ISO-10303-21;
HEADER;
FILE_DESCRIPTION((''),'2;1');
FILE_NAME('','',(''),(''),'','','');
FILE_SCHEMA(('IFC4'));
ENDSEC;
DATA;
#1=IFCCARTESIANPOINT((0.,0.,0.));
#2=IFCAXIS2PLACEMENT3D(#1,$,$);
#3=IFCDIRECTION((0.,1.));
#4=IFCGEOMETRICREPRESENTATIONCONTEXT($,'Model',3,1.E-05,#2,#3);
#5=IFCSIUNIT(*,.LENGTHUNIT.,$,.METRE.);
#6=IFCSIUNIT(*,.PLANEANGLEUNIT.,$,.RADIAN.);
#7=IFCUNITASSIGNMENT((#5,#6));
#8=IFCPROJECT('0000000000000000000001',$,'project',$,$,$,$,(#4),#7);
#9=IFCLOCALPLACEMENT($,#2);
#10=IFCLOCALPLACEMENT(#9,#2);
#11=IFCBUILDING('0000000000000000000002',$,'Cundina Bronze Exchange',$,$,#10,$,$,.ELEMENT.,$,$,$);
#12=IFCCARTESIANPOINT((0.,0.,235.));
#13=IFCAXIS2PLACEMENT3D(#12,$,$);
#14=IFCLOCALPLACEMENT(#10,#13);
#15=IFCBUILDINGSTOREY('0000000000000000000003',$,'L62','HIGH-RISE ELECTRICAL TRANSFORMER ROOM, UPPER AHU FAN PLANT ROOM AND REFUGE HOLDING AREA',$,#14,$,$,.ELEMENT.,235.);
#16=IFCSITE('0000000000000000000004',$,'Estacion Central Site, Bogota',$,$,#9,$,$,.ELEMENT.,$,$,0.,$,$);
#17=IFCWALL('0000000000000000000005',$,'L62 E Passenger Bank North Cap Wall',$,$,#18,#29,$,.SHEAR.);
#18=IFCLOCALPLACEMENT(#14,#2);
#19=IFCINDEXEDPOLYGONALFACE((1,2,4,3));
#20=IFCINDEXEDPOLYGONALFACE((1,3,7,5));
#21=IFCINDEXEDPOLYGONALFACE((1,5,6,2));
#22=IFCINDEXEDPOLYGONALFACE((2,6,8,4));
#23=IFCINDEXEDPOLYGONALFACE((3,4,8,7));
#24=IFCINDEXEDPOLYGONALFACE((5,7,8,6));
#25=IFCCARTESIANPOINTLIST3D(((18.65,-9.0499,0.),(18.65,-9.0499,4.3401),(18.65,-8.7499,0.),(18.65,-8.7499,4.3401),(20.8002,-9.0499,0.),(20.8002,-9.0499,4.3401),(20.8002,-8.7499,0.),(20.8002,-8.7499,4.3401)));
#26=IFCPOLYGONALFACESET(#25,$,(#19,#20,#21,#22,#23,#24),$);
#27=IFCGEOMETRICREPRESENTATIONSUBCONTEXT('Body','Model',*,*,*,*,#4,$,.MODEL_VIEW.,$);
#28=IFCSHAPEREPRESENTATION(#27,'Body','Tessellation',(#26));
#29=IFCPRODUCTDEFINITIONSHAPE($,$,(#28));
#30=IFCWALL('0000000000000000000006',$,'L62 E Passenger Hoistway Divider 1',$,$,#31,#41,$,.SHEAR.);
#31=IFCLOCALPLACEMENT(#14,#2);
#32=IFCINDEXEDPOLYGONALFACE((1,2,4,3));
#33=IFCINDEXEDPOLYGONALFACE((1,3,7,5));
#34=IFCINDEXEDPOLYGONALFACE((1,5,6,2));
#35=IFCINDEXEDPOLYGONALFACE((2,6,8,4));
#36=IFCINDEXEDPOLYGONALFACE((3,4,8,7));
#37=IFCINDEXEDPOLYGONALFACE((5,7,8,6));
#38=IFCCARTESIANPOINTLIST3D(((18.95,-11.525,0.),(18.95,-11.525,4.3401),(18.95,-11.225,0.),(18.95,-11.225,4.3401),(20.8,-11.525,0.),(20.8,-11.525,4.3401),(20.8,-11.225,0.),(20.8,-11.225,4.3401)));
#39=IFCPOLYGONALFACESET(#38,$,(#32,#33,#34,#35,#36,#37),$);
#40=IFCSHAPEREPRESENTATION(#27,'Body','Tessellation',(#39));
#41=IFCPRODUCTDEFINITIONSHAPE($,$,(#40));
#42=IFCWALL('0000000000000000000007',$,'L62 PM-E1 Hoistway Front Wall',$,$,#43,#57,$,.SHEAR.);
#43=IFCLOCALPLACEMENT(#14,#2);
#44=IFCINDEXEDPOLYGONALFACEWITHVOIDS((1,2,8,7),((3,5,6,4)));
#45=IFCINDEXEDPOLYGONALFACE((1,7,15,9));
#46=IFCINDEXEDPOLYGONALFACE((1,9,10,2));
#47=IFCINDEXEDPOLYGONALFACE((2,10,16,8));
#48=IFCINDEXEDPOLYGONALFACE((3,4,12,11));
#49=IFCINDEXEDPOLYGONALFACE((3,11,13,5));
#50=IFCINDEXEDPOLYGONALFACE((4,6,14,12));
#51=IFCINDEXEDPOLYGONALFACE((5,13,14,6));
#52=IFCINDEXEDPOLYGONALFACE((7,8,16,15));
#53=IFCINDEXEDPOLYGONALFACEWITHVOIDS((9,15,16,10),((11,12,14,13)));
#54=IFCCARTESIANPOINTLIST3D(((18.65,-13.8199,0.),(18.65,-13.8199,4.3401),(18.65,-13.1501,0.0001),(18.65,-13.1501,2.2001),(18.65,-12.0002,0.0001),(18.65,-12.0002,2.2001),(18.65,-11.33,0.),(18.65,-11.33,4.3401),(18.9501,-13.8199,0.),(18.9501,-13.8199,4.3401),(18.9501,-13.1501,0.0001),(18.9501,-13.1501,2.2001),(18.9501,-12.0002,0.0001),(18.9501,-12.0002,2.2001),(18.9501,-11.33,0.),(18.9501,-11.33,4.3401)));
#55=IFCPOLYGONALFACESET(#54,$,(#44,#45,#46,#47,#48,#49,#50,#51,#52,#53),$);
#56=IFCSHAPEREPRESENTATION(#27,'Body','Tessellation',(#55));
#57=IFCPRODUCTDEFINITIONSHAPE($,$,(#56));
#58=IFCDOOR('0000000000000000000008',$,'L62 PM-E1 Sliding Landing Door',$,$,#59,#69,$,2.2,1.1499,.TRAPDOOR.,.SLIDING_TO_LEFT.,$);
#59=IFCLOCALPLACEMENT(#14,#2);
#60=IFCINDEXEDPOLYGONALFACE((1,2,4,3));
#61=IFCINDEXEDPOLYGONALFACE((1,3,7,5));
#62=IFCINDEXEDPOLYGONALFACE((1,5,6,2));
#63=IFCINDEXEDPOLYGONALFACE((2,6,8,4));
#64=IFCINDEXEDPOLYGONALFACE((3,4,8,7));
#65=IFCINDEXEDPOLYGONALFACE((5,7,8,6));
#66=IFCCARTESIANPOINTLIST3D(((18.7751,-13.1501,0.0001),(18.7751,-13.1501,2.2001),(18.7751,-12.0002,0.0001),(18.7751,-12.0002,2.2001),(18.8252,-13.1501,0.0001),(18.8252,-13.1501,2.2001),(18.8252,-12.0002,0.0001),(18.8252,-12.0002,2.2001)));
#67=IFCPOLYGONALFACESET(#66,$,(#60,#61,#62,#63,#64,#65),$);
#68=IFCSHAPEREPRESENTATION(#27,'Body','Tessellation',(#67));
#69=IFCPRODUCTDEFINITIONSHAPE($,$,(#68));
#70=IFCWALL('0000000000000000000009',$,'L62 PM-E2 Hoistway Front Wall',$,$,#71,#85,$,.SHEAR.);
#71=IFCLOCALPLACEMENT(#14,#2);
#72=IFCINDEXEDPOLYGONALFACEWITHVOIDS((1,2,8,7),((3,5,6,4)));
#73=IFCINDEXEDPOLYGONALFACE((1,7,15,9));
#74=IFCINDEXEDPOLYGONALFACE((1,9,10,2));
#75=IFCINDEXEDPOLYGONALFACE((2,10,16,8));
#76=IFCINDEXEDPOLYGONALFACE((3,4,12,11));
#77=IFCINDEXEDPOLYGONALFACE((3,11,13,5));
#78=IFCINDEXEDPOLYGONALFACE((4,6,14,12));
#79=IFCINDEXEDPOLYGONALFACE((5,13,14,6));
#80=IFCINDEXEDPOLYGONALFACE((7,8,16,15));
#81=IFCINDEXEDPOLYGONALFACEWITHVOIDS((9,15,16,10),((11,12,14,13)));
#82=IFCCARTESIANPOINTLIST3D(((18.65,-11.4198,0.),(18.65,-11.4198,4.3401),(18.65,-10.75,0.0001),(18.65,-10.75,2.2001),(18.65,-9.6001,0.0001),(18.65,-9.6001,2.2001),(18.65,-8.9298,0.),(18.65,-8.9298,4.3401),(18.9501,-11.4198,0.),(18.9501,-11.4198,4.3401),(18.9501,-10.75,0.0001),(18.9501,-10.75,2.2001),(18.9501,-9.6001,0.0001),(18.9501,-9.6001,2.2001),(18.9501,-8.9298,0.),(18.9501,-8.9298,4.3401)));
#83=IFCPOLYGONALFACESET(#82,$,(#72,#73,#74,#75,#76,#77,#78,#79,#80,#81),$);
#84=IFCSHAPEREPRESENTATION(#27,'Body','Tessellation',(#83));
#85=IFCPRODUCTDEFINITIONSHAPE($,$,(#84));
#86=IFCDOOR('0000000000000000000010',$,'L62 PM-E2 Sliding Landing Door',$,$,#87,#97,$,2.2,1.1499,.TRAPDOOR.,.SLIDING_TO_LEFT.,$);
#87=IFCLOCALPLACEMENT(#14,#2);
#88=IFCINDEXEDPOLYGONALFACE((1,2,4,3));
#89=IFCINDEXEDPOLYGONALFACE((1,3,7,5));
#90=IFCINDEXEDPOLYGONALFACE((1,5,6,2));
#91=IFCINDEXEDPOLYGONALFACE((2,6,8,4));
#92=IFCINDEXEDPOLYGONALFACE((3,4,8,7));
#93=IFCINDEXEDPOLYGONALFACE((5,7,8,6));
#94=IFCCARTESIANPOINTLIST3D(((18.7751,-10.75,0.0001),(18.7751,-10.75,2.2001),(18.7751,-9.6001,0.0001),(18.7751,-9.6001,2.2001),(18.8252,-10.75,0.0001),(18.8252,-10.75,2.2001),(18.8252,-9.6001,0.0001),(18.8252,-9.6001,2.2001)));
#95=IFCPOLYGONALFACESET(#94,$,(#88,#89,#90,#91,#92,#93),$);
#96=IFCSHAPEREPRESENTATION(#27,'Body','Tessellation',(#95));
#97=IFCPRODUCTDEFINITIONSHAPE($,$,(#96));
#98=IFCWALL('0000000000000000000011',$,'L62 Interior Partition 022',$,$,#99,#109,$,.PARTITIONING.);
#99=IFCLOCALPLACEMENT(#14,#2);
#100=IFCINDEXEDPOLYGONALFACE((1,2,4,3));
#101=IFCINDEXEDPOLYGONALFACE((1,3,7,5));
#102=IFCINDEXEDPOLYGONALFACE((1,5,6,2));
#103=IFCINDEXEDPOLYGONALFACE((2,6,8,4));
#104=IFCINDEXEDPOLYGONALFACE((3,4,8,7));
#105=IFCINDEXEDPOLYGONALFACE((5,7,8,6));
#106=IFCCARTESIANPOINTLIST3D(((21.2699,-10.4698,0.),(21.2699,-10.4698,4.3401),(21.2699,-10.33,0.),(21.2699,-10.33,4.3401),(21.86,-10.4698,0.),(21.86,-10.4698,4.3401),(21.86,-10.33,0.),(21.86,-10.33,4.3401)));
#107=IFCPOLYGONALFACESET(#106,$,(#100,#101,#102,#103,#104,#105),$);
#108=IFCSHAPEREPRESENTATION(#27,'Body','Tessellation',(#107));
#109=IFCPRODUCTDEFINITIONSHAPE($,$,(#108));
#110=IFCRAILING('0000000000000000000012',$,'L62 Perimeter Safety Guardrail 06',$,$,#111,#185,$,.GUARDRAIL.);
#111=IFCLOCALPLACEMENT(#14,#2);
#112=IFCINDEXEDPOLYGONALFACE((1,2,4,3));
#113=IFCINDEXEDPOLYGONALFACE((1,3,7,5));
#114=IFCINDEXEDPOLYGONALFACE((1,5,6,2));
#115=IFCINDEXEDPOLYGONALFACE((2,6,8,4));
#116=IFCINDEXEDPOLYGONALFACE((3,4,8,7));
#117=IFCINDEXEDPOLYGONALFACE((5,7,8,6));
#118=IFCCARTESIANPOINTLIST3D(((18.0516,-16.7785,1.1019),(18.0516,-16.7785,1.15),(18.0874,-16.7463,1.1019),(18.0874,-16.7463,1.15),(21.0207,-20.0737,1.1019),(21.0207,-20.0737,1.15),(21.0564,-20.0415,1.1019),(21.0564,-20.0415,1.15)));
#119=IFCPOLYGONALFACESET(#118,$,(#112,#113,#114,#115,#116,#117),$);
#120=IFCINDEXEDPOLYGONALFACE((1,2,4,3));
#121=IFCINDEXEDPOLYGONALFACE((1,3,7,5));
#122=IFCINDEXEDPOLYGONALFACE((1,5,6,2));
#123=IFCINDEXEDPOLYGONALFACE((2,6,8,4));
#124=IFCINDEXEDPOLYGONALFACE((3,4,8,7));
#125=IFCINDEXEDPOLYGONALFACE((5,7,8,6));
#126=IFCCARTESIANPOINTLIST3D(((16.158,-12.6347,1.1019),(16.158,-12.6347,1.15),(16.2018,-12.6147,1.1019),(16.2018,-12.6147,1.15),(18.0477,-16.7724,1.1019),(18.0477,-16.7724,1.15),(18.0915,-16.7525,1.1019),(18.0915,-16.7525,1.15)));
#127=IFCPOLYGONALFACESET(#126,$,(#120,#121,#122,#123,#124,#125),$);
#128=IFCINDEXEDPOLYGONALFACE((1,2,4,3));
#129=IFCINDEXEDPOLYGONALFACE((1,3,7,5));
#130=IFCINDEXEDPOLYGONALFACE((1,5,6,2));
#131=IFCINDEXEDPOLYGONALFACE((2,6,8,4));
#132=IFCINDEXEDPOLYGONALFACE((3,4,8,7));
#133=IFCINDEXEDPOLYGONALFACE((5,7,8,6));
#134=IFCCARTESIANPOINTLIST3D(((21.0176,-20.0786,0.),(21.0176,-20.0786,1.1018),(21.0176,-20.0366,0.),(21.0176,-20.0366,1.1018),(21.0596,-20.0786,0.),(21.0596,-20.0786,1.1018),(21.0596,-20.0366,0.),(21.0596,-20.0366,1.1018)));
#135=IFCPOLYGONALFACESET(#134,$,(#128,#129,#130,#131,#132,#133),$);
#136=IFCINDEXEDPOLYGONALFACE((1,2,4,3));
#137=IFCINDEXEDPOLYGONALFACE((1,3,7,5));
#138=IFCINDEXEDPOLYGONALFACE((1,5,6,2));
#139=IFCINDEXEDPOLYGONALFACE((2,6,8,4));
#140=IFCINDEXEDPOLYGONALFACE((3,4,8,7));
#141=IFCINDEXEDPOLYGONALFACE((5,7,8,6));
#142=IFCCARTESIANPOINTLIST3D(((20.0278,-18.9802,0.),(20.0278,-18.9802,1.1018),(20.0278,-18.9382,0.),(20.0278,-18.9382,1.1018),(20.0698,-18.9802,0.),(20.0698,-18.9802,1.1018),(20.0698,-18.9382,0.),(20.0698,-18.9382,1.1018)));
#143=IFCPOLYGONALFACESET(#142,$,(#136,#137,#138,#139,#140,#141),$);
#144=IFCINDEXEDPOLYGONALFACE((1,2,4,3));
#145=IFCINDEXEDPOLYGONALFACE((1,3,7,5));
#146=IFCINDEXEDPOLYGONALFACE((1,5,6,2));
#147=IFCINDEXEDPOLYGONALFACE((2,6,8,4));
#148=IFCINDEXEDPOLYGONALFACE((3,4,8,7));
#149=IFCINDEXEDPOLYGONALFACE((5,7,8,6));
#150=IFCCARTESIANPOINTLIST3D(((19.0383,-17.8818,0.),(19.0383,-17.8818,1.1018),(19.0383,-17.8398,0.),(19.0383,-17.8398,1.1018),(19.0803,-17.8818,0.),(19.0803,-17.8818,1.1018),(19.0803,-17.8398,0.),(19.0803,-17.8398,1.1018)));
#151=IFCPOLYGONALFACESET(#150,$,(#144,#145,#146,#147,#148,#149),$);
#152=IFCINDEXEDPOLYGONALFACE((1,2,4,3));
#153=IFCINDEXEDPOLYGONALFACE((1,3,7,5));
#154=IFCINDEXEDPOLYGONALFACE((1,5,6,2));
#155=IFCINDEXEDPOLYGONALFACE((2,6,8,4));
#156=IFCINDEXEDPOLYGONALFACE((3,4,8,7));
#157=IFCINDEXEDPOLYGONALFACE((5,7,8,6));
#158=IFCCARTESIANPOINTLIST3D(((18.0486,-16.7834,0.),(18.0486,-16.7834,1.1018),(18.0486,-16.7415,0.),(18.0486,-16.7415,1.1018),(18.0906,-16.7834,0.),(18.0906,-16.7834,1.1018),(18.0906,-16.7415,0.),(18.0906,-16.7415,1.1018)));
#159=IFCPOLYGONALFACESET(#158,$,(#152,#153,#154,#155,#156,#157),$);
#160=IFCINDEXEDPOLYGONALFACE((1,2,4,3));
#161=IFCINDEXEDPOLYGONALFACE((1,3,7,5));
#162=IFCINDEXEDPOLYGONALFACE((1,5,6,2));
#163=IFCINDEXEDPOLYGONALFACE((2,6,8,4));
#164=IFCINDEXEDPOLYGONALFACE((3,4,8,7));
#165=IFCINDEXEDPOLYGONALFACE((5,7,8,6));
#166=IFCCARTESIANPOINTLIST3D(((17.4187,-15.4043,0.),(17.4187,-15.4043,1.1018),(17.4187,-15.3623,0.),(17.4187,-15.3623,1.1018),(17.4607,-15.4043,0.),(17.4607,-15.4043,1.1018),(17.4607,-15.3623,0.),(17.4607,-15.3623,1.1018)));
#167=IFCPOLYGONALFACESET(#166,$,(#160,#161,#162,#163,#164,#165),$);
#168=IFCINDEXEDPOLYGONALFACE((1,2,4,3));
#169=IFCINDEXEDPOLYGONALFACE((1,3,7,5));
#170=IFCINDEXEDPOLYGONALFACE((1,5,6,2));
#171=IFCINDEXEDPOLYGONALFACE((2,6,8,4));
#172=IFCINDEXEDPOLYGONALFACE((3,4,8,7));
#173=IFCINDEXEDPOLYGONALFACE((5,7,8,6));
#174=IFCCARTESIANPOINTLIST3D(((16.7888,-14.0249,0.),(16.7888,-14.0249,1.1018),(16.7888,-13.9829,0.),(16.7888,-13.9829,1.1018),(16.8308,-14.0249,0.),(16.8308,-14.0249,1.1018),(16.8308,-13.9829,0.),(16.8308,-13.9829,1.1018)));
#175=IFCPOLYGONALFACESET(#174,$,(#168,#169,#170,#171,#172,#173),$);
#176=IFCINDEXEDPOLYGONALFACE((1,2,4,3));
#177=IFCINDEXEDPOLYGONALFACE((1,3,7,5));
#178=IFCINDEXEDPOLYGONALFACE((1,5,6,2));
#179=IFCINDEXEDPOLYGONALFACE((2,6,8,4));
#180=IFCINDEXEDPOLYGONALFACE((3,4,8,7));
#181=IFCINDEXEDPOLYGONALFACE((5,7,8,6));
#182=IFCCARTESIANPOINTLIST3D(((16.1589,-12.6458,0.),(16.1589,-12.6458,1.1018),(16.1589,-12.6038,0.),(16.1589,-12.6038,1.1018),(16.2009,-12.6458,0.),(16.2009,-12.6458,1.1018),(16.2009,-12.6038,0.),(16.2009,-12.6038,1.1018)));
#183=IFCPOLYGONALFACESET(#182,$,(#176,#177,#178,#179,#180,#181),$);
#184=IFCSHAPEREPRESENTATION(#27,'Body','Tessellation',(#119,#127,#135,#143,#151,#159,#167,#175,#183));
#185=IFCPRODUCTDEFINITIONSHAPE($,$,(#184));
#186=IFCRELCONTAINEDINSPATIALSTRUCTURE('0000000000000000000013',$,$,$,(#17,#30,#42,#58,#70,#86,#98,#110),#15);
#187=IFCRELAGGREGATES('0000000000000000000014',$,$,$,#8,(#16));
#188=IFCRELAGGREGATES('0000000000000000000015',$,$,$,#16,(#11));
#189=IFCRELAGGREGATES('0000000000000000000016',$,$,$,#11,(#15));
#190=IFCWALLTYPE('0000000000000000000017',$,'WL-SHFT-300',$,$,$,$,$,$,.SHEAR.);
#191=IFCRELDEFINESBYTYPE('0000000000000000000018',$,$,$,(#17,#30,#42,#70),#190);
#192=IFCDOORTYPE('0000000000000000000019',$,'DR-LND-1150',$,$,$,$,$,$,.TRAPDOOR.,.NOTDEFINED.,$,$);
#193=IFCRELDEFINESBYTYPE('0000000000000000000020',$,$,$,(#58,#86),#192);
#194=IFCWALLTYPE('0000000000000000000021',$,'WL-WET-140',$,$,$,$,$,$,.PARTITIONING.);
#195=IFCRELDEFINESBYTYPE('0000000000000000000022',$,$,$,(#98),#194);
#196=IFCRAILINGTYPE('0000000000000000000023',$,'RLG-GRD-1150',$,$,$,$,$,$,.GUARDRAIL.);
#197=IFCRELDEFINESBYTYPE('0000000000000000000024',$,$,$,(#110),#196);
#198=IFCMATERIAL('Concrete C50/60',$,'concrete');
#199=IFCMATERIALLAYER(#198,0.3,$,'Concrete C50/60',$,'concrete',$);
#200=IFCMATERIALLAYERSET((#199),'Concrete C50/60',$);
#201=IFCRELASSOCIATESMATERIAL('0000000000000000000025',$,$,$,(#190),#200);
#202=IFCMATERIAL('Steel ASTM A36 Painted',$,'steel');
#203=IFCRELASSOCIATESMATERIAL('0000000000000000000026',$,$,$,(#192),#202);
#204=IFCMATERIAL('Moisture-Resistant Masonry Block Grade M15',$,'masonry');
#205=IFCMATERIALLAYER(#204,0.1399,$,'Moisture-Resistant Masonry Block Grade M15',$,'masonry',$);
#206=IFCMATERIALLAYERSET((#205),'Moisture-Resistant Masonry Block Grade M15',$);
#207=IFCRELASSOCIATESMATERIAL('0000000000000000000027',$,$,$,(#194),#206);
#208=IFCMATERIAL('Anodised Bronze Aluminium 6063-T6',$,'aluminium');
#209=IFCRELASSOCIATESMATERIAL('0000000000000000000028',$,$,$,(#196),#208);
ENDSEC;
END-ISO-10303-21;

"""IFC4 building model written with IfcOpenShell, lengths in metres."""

from ifc_helpers import new_model, si_unit, direction, frame, frame_2d, origin, origin_2d, place, context, subcontext, project, spatial, rectangle, extrude, material, layer, layer_set, type_object, element, fill, save


model = new_model("IFC4")

# Units and contexts
model_context = context("Model", 3, precision=1e-05, world=origin(), true_north=direction((0.0, 1.0)))
body_context = subcontext(model_context, "Body", "Model", "MODEL_VIEW")
ifc_project = project(units=[si_unit("LENGTHUNIT", "METRE"), si_unit("PLANEANGLEUNIT", "RADIAN")], contexts=[model_context])

# Site, building, storey
site_placement = place(None, origin())
site = spatial("IfcSite", under=ifc_project, at=site_placement, Name="Estacion Central Site, Bogota", CompositionType="ELEMENT", RefElevation=0.0)
building_placement = place(site_placement, origin())
building = spatial("IfcBuilding", under=site, at=building_placement, Name="Cundina Bronze Exchange", CompositionType="ELEMENT")
storey_placement = place(building_placement, frame((0.0, 0.0, 235.0)))
storey = spatial("IfcBuildingStorey", under=building, at=storey_placement, Name="L62", Description="HIGH-RISE ELECTRICAL TRANSFORMER ROOM, UPPER AHU FAN PLANT ROOM AND REFUGE HOLDING AREA", CompositionType="ELEMENT", Elevation=235.0)

# Shared definitions
ifc_material_1 = material(Name="Concrete C50/60", Category="concrete")

# Walls
ifc_layer_1 = layer(ifc_material_1, 0.3, Name="Concrete C50/60", Category="concrete")
ifc_layer_set_1 = layer_set([ifc_layer_1], Name="Concrete C50/60")
wall_type_1 = type_object("IfcWallType", Name="WL-SHFT-300", PredefinedType="SHEAR", material=ifc_layer_set_1)
wall_1_placement = place(storey_placement, frame((18.6499, -8.8999, 0.0), z_axis=(0.0, 0.0, 1.0), x_axis=(1.0, 0.0, 0.0)))
element("IfcWall", 1, at=wall_1_placement, inside=storey, type_object=wall_type_1, Name="L62 E Passenger Bank North Cap Wall", PredefinedType="SHEAR", context=body_context, shape_type="SweptSolid", body=[
    extrude(rectangle(XDim=2.1501, YDim=0.3, at=frame_2d((1.0752, 0.0))), origin(), (0.0, 0.0, 1.0), 4.3401),
])
wall_2_placement = place(storey_placement, frame((18.95, -11.375, 0.0), z_axis=(0.0, 0.0, 1.0), x_axis=(1.0, 0.0, 0.0)))
element("IfcWall", 2, at=wall_2_placement, inside=storey, type_object=wall_type_1, Name="L62 E Passenger Hoistway Divider 1", PredefinedType="SHEAR", context=body_context, shape_type="SweptSolid", body=[
    extrude(rectangle(XDim=1.8501, YDim=0.3, at=frame_2d((0.925, 0.0))), origin(), (0.0, 0.0, 1.0), 4.3401),
])

# Walls, openings, doors
wall_3_placement = place(storey_placement, frame((18.8, -13.8201, 0.0), z_axis=(0.0, 0.0, 1.0), x_axis=(0.0, 1.0, 0.0)))
wall_3 = element("IfcWall", 3, at=wall_3_placement, inside=storey, type_object=wall_type_1, Name="L62 PM-E1 Hoistway Front Wall", PredefinedType="SHEAR", context=body_context, shape_type="SweptSolid", body=[
    extrude(rectangle(XDim=2.49, YDim=0.3, at=frame_2d((1.2451, 0.0))), origin(), (0.0, 0.0, 1.0), 4.3401),
])
opening_1_placement = place(wall_3_placement, frame((0.6699, 0.0, 0.0)))
opening_1 = element("IfcOpeningElement", 4, at=opening_1_placement, cuts=wall_3, PredefinedType="OPENING", context=body_context, shape_type="SweptSolid", body=[
    extrude(rectangle(XDim=1.1499, YDim=2.2, at=frame_2d((0.575, 1.1001))), frame((0.0, 0.1599, 0.0), z_axis=(0.0, -1.0, 0.0), x_axis=(1.0, 0.0, 0.0)), (0.0, 0.0, 1.0), 0.3201),
])
ifc_material_2 = material(Name="Steel ASTM A36 Painted", Category="steel")
door_type_1 = type_object("IfcDoorType", Name="DR-LND-1150", OperationType="NOTDEFINED", PredefinedType="TRAPDOOR", material=ifc_material_2)
door_1_placement = place(opening_1_placement, origin())
door_1 = element("IfcDoor", 5, at=door_1_placement, inside=storey, type_object=door_type_1, Name="L62 PM-E1 Sliding Landing Door", OperationType="SLIDING_TO_LEFT", OverallHeight=2.2, OverallWidth=1.1499, PredefinedType="TRAPDOOR", context=body_context, shape_type="SweptSolid", body=[
    extrude(rectangle(XDim=1.1499, YDim=2.2, at=frame_2d((0.575, 1.1001))), frame((0.0, 0.0249, 0.0), z_axis=(0.0, -1.0, 0.0), x_axis=(1.0, 0.0, 0.0)), (0.0, 0.0, 1.0), 0.05),
])
fill(opening_1, door_1)
wall_4_placement = place(storey_placement, frame((18.8, -11.4199, 0.0), z_axis=(0.0, 0.0, 1.0), x_axis=(0.0, 1.0, 0.0)))
wall_4 = element("IfcWall", 6, at=wall_4_placement, inside=storey, type_object=wall_type_1, Name="L62 PM-E2 Hoistway Front Wall", PredefinedType="SHEAR", context=body_context, shape_type="SweptSolid", body=[
    extrude(rectangle(XDim=2.49, YDim=0.3, at=frame_2d((1.2451, 0.0))), origin(), (0.0, 0.0, 1.0), 4.3401),
])
opening_2_placement = place(wall_4_placement, frame((0.6699, 0.0, 0.0)))
opening_2 = element("IfcOpeningElement", 7, at=opening_2_placement, cuts=wall_4, PredefinedType="OPENING", context=body_context, shape_type="SweptSolid", body=[
    extrude(rectangle(XDim=1.1499, YDim=2.2, at=frame_2d((0.575, 1.1001))), frame((0.0, 0.1599, 0.0), z_axis=(0.0, -1.0, 0.0), x_axis=(1.0, 0.0, 0.0)), (0.0, 0.0, 1.0), 0.3201),
])
door_2_placement = place(opening_2_placement, origin())
door_2 = element("IfcDoor", 8, at=door_2_placement, inside=storey, type_object=door_type_1, Name="L62 PM-E2 Sliding Landing Door", OperationType="SLIDING_TO_LEFT", OverallHeight=2.2, OverallWidth=1.1499, PredefinedType="TRAPDOOR", context=body_context, shape_type="SweptSolid", body=[
    extrude(rectangle(XDim=1.1499, YDim=2.2, at=frame_2d((0.575, 1.1001))), frame((0.0, 0.0249, 0.0), z_axis=(0.0, -1.0, 0.0), x_axis=(1.0, 0.0, 0.0)), (0.0, 0.0, 1.0), 0.05),
])
fill(opening_2, door_2)

# Wall
ifc_material_3 = material(Name="Moisture-Resistant Masonry Block Grade M15", Category="masonry")
ifc_layer_2 = layer(ifc_material_3, 0.1399, Name="Moisture-Resistant Masonry Block Grade M15", Category="masonry")
ifc_layer_set_2 = layer_set([ifc_layer_2], Name="Moisture-Resistant Masonry Block Grade M15")
wall_type_2 = type_object("IfcWallType", Name="WL-WET-140", PredefinedType="PARTITIONING", material=ifc_layer_set_2)
wall_5_placement = place(storey_placement, frame((21.27, -10.3999, 0.0), z_axis=(0.0, 0.0, 1.0), x_axis=(1.0, 0.0, 0.0)))
element("IfcWall", 9, at=wall_5_placement, inside=storey, type_object=wall_type_2, Name="L62 Interior Partition 022", PredefinedType="PARTITIONING", context=body_context, shape_type="SweptSolid", body=[
    extrude(rectangle(XDim=0.5901, YDim=0.1399, at=frame_2d((0.2949, 0.0))), origin(), (0.0, 0.0, 1.0), 4.3401),
])

# Railing
ifc_material_4 = material(Name="Anodised Bronze Aluminium 6063-T6", Category="aluminium")
railing_type = type_object("IfcRailingType", Name="RLG-GRD-1150", PredefinedType="GUARDRAIL", material=ifc_material_4)
railing_1_placement = place(storey_placement, frame((21.0386, -20.0576, 0.0)))
element("IfcRailing", 10, at=railing_1_placement, inside=storey, type_object=railing_type, Name="L62 Perimeter Safety Guardrail 06", PredefinedType="GUARDRAIL", context=body_context, shape_type="SweptSolid", body=[
    extrude(rectangle(XDim=0.0481, YDim=0.0481, at=origin_2d()), frame((0.0, 0.0, 1.126), z_axis=(-0.669381, 0.742919, 0.0), x_axis=(-0.742919, -0.669381, 0.0)), (0.0, 0.0, 1.0), 4.4355),
    extrude(rectangle(XDim=0.0481, YDim=0.0481, at=origin_2d()), frame((-2.969, 3.2952, 1.126), z_axis=(-0.41542, 0.90963, 0.0), x_axis=(-0.90963, -0.41542, 0.0)), (0.0, 0.0, 1.0), 4.5488),
    extrude(rectangle(XDim=0.042, YDim=0.042, at=origin_2d()), origin(), (0.0, 0.0, 1.0), 1.1018),
    extrude(rectangle(XDim=0.042, YDim=0.042, at=origin_2d()), frame((-0.9897, 1.0984, 0.0)), (0.0, 0.0, 1.0), 1.1018),
    extrude(rectangle(XDim=0.042, YDim=0.042, at=origin_2d()), frame((-1.9792, 2.1968, 0.0)), (0.0, 0.0, 1.0), 1.1018),
    extrude(rectangle(XDim=0.042, YDim=0.042, at=origin_2d()), frame((-2.969, 3.2952, 0.0)), (0.0, 0.0, 1.0), 1.1018),
    extrude(rectangle(XDim=0.042, YDim=0.042, at=origin_2d()), frame((-3.5989, 4.6743, 0.0)), (0.0, 0.0, 1.0), 1.1018),
    extrude(rectangle(XDim=0.042, YDim=0.042, at=origin_2d()), frame((-4.2288, 6.0537, 0.0)), (0.0, 0.0, 1.0), 1.1018),
    extrude(rectangle(XDim=0.042, YDim=0.042, at=origin_2d()), frame((-4.8586, 7.4329, 0.0)), (0.0, 0.0, 1.0), 1.1018),
])

save(model, "model.ifc")
